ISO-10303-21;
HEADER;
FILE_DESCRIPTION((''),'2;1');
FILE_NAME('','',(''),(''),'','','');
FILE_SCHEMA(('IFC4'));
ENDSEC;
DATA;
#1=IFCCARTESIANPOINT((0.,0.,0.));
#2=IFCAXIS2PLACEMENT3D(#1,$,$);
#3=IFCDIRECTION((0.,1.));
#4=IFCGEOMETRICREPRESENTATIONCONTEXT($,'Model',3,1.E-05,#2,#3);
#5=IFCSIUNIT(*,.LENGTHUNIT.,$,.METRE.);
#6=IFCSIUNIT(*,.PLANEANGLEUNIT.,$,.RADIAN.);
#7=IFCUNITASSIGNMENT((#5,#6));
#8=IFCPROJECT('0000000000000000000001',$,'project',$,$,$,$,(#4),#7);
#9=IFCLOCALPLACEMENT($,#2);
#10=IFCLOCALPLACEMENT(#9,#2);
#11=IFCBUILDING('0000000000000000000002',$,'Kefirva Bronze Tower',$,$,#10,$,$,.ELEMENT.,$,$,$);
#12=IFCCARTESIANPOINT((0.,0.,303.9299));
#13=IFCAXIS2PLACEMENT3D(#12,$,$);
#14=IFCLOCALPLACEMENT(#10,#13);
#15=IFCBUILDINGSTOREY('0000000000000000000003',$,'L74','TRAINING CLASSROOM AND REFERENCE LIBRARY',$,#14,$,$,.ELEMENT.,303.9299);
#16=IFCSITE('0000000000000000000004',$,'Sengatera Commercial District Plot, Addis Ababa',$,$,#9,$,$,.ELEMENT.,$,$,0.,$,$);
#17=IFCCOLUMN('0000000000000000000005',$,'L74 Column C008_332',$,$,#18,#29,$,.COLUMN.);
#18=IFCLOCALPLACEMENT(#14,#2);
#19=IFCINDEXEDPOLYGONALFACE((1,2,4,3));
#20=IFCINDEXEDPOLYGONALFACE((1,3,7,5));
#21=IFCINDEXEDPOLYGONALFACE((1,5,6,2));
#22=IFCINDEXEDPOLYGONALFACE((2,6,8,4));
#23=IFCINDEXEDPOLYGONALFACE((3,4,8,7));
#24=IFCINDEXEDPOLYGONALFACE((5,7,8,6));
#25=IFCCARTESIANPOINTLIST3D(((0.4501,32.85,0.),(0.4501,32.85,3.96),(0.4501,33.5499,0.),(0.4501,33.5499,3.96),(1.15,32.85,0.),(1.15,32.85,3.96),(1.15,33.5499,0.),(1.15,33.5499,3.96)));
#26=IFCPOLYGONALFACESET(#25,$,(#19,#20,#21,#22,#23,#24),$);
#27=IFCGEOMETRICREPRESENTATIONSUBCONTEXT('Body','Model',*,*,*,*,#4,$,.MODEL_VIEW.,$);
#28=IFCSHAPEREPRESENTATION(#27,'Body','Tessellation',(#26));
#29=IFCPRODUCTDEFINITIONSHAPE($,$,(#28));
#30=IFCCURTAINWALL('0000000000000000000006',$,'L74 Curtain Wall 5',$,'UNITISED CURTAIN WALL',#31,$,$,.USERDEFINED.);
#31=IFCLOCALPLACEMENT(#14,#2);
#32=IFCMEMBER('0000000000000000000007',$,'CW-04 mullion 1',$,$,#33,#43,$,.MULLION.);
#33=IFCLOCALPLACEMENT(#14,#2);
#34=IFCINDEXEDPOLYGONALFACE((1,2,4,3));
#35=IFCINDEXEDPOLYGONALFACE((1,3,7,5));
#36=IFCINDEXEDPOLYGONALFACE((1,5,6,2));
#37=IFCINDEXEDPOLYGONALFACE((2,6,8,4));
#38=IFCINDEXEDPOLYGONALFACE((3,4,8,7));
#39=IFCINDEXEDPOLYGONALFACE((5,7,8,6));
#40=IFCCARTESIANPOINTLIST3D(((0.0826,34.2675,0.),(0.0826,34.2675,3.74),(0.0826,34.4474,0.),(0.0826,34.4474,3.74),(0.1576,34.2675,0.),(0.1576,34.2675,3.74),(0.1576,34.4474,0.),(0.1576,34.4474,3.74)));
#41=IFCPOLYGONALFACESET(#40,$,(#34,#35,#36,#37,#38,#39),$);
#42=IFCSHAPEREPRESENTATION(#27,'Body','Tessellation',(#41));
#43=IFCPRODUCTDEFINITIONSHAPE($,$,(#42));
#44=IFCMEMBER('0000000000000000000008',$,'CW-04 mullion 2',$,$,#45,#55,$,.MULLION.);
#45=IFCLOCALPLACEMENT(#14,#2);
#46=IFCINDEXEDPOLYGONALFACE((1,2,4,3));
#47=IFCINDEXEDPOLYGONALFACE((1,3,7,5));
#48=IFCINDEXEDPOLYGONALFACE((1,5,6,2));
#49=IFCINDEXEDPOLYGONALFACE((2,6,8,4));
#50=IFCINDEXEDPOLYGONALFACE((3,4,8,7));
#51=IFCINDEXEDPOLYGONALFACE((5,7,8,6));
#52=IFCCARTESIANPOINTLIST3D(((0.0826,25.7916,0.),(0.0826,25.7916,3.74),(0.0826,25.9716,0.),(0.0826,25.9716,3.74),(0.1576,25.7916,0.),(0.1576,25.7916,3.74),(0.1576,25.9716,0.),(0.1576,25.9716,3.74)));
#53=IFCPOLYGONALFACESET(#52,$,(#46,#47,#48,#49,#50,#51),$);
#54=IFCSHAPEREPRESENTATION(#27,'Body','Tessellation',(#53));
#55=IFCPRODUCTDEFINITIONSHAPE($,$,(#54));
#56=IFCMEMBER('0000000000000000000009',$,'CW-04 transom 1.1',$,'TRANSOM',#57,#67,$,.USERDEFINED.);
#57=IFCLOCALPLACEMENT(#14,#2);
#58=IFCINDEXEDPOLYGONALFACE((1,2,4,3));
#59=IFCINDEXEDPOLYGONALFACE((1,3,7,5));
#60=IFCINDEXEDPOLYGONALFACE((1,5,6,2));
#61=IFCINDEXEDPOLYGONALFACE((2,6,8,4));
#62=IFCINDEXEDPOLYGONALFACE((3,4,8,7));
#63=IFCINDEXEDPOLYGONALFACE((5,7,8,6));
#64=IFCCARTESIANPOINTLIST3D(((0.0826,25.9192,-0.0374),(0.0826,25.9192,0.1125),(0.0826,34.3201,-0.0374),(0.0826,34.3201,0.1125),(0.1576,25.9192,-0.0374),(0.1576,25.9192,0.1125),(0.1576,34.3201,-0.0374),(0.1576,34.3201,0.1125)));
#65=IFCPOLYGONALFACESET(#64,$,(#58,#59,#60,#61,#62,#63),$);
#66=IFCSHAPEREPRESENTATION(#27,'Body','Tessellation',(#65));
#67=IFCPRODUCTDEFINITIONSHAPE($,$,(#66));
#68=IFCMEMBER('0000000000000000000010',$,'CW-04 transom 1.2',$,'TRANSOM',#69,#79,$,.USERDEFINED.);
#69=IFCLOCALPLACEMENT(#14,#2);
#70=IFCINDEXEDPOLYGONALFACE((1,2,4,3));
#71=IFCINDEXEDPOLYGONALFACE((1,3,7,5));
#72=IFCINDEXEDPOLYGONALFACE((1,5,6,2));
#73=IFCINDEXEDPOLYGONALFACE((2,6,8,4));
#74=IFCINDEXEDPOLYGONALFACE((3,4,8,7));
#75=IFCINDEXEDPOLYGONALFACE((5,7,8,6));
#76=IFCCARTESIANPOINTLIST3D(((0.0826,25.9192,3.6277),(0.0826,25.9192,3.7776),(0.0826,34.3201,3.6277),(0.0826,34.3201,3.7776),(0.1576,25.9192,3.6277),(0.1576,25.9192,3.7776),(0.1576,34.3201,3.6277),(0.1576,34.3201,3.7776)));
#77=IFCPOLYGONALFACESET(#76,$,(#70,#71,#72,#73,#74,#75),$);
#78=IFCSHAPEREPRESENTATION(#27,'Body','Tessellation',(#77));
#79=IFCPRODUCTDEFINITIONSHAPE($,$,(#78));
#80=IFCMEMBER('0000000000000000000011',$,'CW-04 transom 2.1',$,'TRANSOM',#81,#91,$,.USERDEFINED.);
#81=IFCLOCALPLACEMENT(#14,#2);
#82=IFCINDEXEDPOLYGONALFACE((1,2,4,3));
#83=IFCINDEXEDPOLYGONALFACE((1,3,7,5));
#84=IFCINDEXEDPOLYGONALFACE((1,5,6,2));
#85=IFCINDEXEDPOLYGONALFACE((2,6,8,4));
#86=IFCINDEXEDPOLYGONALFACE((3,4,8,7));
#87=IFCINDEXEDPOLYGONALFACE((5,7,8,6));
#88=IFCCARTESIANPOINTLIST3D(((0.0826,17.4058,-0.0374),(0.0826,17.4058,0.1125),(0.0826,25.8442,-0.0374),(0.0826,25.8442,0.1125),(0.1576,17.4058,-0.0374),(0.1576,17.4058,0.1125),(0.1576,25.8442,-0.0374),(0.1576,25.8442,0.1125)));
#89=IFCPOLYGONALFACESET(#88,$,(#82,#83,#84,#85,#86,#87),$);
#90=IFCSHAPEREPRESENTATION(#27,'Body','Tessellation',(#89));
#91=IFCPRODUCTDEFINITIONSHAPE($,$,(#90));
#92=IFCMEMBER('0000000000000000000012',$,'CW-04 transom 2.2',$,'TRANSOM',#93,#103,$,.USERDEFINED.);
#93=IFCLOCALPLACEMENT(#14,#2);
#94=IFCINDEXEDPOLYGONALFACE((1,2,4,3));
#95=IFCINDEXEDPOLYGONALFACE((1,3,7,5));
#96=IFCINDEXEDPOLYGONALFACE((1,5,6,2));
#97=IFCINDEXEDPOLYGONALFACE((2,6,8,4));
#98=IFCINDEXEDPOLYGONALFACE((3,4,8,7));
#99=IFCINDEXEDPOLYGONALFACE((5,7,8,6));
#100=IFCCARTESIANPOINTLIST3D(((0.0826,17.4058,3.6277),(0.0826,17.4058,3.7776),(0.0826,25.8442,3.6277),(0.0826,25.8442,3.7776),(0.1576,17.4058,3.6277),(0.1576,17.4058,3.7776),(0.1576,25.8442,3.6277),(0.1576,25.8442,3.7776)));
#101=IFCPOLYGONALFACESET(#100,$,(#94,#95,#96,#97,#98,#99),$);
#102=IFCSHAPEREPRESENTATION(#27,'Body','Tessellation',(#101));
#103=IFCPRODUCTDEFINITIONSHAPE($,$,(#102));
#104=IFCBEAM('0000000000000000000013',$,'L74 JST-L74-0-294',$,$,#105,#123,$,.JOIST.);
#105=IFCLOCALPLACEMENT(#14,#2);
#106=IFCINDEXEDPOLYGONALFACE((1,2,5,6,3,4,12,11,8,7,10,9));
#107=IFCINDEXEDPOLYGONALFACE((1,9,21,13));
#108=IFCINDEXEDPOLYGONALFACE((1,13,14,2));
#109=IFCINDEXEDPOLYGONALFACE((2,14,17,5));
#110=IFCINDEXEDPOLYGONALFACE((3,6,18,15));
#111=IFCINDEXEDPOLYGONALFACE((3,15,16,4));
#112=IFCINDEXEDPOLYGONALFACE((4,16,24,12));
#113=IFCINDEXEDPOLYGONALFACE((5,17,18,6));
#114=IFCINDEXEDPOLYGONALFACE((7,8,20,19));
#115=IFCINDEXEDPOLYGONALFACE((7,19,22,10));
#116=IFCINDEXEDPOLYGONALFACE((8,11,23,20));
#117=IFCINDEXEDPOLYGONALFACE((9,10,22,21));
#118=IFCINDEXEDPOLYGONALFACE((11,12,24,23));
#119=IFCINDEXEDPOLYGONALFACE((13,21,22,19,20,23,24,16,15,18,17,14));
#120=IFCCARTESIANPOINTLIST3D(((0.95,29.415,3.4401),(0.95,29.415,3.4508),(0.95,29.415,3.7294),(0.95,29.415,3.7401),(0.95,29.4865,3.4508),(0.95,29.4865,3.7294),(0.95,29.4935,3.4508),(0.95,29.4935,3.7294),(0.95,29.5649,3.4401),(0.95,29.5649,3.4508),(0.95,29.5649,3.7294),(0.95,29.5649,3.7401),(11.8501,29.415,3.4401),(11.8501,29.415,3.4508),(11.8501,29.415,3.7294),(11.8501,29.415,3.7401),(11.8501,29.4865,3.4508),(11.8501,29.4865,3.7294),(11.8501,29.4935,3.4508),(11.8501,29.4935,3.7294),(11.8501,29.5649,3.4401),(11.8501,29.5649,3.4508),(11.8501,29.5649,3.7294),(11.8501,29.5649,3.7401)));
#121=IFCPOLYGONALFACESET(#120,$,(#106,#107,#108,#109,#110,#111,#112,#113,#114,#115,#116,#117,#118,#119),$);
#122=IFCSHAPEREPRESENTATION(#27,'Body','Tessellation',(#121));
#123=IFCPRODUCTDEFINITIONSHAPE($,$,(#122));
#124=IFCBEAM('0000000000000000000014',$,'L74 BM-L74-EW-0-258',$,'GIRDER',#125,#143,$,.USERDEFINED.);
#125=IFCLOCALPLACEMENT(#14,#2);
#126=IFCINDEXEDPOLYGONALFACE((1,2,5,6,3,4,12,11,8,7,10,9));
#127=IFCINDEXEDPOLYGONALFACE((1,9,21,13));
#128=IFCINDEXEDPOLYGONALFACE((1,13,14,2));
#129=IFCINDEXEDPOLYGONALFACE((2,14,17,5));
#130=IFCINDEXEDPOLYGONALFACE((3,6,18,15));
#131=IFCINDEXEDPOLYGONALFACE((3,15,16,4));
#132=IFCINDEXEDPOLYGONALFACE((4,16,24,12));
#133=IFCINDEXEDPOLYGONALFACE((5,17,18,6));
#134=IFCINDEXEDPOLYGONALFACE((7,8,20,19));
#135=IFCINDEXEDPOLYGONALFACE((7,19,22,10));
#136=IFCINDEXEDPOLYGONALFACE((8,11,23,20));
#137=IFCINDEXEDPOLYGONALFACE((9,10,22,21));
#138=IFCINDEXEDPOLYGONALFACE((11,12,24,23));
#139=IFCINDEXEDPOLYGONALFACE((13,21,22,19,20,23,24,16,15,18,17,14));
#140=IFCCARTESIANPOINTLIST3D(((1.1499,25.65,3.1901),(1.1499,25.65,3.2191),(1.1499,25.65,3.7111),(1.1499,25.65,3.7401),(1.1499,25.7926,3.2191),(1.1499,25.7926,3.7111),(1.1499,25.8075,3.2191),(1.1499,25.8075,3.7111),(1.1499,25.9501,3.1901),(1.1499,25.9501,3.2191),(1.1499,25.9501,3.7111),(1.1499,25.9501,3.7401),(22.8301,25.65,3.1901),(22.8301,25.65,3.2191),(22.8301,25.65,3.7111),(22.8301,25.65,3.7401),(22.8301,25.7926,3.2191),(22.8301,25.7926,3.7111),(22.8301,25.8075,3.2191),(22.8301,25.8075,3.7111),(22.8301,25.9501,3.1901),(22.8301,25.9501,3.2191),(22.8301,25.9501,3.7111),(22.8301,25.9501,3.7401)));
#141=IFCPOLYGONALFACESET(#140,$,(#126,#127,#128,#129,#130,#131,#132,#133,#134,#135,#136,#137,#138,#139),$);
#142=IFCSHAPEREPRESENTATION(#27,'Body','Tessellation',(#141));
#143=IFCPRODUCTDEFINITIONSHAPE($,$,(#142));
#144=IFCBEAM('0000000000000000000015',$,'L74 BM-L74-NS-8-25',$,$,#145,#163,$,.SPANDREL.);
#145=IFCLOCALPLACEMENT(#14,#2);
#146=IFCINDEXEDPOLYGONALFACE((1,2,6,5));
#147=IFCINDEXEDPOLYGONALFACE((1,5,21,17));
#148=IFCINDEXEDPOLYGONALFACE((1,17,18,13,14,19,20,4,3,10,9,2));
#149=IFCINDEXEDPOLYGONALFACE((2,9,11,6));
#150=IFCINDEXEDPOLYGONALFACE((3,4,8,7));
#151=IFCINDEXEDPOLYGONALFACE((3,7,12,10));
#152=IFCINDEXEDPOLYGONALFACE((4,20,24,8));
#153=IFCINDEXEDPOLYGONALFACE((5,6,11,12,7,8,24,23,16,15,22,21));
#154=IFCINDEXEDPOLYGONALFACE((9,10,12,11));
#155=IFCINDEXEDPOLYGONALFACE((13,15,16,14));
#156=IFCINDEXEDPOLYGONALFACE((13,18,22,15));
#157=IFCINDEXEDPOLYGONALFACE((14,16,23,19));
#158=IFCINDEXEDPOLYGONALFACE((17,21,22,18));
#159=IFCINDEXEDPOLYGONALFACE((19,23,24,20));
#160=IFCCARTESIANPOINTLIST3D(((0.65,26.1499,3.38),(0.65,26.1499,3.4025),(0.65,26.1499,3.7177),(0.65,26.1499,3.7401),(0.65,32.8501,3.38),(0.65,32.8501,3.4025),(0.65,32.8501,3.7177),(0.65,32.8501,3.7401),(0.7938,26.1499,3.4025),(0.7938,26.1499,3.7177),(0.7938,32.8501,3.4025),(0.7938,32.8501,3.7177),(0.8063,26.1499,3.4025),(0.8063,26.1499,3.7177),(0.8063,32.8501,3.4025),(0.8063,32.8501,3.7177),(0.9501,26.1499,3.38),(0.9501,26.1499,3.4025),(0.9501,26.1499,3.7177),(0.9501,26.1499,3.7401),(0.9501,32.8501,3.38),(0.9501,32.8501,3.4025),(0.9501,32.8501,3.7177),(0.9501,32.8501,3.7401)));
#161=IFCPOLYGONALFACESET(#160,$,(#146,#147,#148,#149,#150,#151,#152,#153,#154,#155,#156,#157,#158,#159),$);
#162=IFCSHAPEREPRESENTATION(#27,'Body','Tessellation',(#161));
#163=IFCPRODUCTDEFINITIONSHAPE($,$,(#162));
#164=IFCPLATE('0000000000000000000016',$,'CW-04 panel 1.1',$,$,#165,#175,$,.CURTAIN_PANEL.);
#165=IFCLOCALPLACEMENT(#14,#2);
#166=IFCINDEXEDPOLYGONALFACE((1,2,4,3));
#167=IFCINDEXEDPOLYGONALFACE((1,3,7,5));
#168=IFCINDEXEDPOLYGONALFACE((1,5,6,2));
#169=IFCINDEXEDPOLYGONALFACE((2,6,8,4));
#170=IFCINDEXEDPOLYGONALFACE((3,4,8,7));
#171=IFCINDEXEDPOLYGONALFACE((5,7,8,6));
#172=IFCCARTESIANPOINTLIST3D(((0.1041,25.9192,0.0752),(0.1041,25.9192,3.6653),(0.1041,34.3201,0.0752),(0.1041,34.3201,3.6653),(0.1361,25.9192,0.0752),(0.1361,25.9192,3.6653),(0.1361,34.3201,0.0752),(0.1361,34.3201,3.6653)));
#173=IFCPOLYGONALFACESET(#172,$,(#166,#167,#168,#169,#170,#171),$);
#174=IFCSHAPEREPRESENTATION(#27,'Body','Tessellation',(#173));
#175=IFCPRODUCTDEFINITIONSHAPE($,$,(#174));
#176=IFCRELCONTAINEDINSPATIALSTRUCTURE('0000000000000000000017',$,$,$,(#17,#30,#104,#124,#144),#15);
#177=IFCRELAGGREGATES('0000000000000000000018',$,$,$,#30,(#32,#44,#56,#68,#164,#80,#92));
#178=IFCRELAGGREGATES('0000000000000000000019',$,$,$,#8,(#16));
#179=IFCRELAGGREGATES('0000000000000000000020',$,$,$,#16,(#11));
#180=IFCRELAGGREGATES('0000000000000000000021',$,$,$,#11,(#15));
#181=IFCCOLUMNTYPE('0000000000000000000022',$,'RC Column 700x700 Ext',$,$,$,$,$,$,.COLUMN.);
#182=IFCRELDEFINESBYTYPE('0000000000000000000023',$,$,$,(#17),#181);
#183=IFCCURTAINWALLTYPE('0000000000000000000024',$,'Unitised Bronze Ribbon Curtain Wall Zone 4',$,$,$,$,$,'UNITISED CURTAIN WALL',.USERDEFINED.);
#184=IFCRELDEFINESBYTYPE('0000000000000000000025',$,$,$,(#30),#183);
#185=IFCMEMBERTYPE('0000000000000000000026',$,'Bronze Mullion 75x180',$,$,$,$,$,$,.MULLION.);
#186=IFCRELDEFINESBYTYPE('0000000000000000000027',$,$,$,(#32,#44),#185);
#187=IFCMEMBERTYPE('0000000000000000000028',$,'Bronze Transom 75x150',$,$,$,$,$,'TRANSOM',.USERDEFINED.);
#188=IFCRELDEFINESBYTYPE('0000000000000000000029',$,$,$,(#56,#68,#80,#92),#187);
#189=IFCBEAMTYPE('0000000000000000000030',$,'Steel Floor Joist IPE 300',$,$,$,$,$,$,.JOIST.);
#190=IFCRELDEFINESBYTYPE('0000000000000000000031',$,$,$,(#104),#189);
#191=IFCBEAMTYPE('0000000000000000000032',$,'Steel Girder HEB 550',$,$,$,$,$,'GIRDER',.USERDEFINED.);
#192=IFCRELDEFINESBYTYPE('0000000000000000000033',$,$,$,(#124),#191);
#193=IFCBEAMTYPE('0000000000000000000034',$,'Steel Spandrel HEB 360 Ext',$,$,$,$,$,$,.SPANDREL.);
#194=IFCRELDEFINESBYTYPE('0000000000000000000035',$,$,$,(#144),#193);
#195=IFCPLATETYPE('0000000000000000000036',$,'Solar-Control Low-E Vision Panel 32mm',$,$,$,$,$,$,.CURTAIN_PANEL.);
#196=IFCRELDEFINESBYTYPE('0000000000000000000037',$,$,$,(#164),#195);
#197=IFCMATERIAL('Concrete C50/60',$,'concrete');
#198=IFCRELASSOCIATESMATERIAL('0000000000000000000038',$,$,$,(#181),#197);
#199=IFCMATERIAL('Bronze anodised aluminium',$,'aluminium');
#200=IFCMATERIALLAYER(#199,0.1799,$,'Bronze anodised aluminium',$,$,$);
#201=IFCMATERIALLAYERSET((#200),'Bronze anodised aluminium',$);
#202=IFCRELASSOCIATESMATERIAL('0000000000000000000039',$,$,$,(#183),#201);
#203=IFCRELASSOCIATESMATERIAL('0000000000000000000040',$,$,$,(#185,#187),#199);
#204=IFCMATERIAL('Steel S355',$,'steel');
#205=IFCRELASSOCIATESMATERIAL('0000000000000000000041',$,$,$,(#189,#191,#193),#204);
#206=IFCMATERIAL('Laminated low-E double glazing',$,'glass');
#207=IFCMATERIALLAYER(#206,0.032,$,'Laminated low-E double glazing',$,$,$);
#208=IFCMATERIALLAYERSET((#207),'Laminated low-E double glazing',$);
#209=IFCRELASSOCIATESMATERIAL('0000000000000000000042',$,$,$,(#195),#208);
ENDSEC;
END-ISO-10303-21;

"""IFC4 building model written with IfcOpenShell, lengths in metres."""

from ifc_helpers import new_model, si_unit, direction, frame, origin, origin_2d, place, context, subcontext, project, spatial, rectangle, i_section, extrude, material, layer, layer_set, material_profile, profile_set, type_object, element, aggregate, save


model = new_model("IFC4")

# Units and contexts
model_context = context("Model", 3, precision=1e-05, world=origin(), true_north=direction((0.0, 1.0)))
body_context = subcontext(model_context, "Body", "Model", "MODEL_VIEW")
ifc_project = project(units=[si_unit("LENGTHUNIT", "METRE"), si_unit("PLANEANGLEUNIT", "RADIAN")], contexts=[model_context])

# Site, building, storey
site_placement = place(None, origin())
site = spatial("IfcSite", under=ifc_project, at=site_placement, Name="Sengatera Commercial District Plot, Addis Ababa", CompositionType="ELEMENT", RefElevation=0.0)
building_placement = place(site_placement, origin())
building = spatial("IfcBuilding", under=site, at=building_placement, Name="Kefirva Bronze Tower", CompositionType="ELEMENT")
storey_placement = place(building_placement, frame((0.0, 0.0, 303.9299)))
storey = spatial("IfcBuildingStorey", under=building, at=storey_placement, Name="L74", Description="TRAINING CLASSROOM AND REFERENCE LIBRARY", CompositionType="ELEMENT", Elevation=303.9299)

# Column
ifc_material_1 = material(Name="Concrete C50/60", Category="concrete")
ifc_material_profile_1 = material_profile(ifc_material_1, rectangle(XDim=0.7, YDim=0.7, at=origin_2d()), Name="RC 700x700")
ifc_profile_set_1 = profile_set([ifc_material_profile_1], Name="Concrete C50/60")
column_type = type_object("IfcColumnType", Name="RC Column 700x700 Ext", PredefinedType="COLUMN", material=ifc_profile_set_1)
column_placement = place(storey_placement, frame((0.8, 33.2, 0.0), z_axis=(0.0, 0.0, 1.0), x_axis=(1.0, 0.0, 0.0)))
element("IfcColumn", 1, at=column_placement, inside=storey, type_object=column_type, Name="L74 Column C008_332", PredefinedType="COLUMN", context=body_context, shape_type="SweptSolid", body=[
    extrude(rectangle(XDim=0.7, YDim=0.7, at=origin_2d()), origin(), (0.0, 0.0, 1.0), 3.96),
])

# Curtain wall, members
ifc_material_2 = material(Name="Bronze anodised aluminium", Category="aluminium")
ifc_layer_1 = layer(ifc_material_2, 0.1799, Name="Bronze anodised aluminium")
ifc_layer_set_1 = layer_set([ifc_layer_1], Name="Bronze anodised aluminium")
curtain_wall_type = type_object("IfcCurtainWallType", Name="Unitised Bronze Ribbon Curtain Wall Zone 4", ElementType="UNITISED CURTAIN WALL", PredefinedType="USERDEFINED", material=ifc_layer_set_1)
curtain_wall_placement = place(storey_placement, origin())
curtain_wall = element("IfcCurtainWall", 2, at=curtain_wall_placement, inside=storey, type_object=curtain_wall_type, Name="L74 Curtain Wall 5", ObjectType="UNITISED CURTAIN WALL", PredefinedType="USERDEFINED")
ifc_material_profile_2 = material_profile(ifc_material_2, rectangle(XDim=0.075, YDim=0.1799, at=origin_2d()), Name="ALU 75x180")
ifc_profile_set_2 = profile_set([ifc_material_profile_2], Name="Bronze anodised aluminium")
member_type_1 = type_object("IfcMemberType", Name="Bronze Mullion 75x180", PredefinedType="MULLION", material=ifc_profile_set_2)
member_1_placement = place(storey_placement, frame((0.1201, 34.3574, 0.0), z_axis=(0.0, 0.0, 1.0), x_axis=(1.0, 0.0, 0.0)))
member_1 = element("IfcMember", 3, at=member_1_placement, type_object=member_type_1, Name="CW-04 mullion 1", PredefinedType="MULLION", context=body_context, shape_type="SweptSolid", body=[
    extrude(rectangle(XDim=0.075, YDim=0.1799, at=origin_2d()), origin(), (0.0, 0.0, 1.0), 3.74),
])
member_2_placement = place(storey_placement, frame((0.1201, 25.8816, 0.0), z_axis=(0.0, 0.0, 1.0), x_axis=(1.0, 0.0, 0.0)))
member_2 = element("IfcMember", 4, at=member_2_placement, type_object=member_type_1, Name="CW-04 mullion 2", PredefinedType="MULLION", context=body_context, shape_type="SweptSolid", body=[
    extrude(rectangle(XDim=0.075, YDim=0.1799, at=origin_2d()), origin(), (0.0, 0.0, 1.0), 3.74),
])
ifc_material_profile_3 = material_profile(ifc_material_2, rectangle(XDim=0.075, YDim=0.1499, at=origin_2d()), Name="ALU 75x150")
ifc_profile_set_3 = profile_set([ifc_material_profile_3], Name="Bronze anodised aluminium")
member_type_2 = type_object("IfcMemberType", Name="Bronze Transom 75x150", ElementType="TRANSOM", PredefinedType="USERDEFINED", material=ifc_profile_set_3)
member_3_placement = place(storey_placement, frame((0.1201, 34.3201, 0.0376), z_axis=(0.0, -1.0, 0.0), x_axis=(1.0, 0.0, 0.0)))
member_3 = element("IfcMember", 5, at=member_3_placement, type_object=member_type_2, Name="CW-04 transom 1.1", ObjectType="TRANSOM", PredefinedType="USERDEFINED", context=body_context, shape_type="SweptSolid", body=[
    extrude(rectangle(XDim=0.075, YDim=0.1499, at=origin_2d()), origin(), (0.0, 0.0, 1.0), 8.4009),
])
member_4_placement = place(storey_placement, frame((0.1201, 34.3201, 3.7026), z_axis=(0.0, -1.0, 0.0), x_axis=(1.0, 0.0, 0.0)))
member_4 = element("IfcMember", 6, at=member_4_placement, type_object=member_type_2, Name="CW-04 transom 1.2", ObjectType="TRANSOM", PredefinedType="USERDEFINED", context=body_context, shape_type="SweptSolid", body=[
    extrude(rectangle(XDim=0.075, YDim=0.1499, at=origin_2d()), origin(), (0.0, 0.0, 1.0), 8.4009),
])
member_5_placement = place(storey_placement, frame((0.1201, 25.8442, 0.0376), z_axis=(0.0, -1.0, 0.0), x_axis=(1.0, 0.0, 0.0)))
member_5 = element("IfcMember", 7, at=member_5_placement, type_object=member_type_2, Name="CW-04 transom 2.1", ObjectType="TRANSOM", PredefinedType="USERDEFINED", context=body_context, shape_type="SweptSolid", body=[
    extrude(rectangle(XDim=0.075, YDim=0.1499, at=origin_2d()), origin(), (0.0, 0.0, 1.0), 8.4385),
])
member_6_placement = place(storey_placement, frame((0.1201, 25.8442, 3.7026), z_axis=(0.0, -1.0, 0.0), x_axis=(1.0, 0.0, 0.0)))
member_6 = element("IfcMember", 8, at=member_6_placement, type_object=member_type_2, Name="CW-04 transom 2.2", ObjectType="TRANSOM", PredefinedType="USERDEFINED", context=body_context, shape_type="SweptSolid", body=[
    extrude(rectangle(XDim=0.075, YDim=0.1499, at=origin_2d()), origin(), (0.0, 0.0, 1.0), 8.4385),
])

# Beams
ifc_material_3 = material(Name="Steel S355", Category="steel")
ifc_material_profile_4 = material_profile(ifc_material_3, i_section(OverallWidth=0.1499, OverallDepth=0.3, WebThickness=0.0071, FlangeThickness=0.0107, at=origin_2d()), Name="IPE 300")
ifc_profile_set_4 = profile_set([ifc_material_profile_4], Name="Steel S355")
beam_type_1 = type_object("IfcBeamType", Name="Steel Floor Joist IPE 300", PredefinedType="JOIST", material=ifc_profile_set_4)
beam_1_placement = place(storey_placement, frame((0.95, 29.49, 3.5901), z_axis=(1.0, 0.0, 0.0), x_axis=(0.0, 1.0, 0.0)))
element("IfcBeam", 9, at=beam_1_placement, inside=storey, type_object=beam_type_1, Name="L74 JST-L74-0-294", PredefinedType="JOIST", context=body_context, shape_type="SweptSolid", body=[
    extrude(i_section(OverallWidth=0.1499, OverallDepth=0.3, WebThickness=0.0071, FlangeThickness=0.0107, at=origin_2d()), origin(), (0.0, 0.0, 1.0), 10.9001),
])
ifc_material_profile_5 = material_profile(ifc_material_3, i_section(OverallWidth=0.3, OverallDepth=0.55, WebThickness=0.0149, FlangeThickness=0.0291, at=origin_2d()), Name="HEB 550")
ifc_profile_set_5 = profile_set([ifc_material_profile_5], Name="Steel S355")
beam_type_2 = type_object("IfcBeamType", Name="Steel Girder HEB 550", ElementType="GIRDER", PredefinedType="USERDEFINED", material=ifc_profile_set_5)
beam_2_placement = place(storey_placement, frame((1.1499, 25.8, 3.4651), z_axis=(1.0, 0.0, 0.0), x_axis=(0.0, 1.0, 0.0)))
element("IfcBeam", 10, at=beam_2_placement, inside=storey, type_object=beam_type_2, Name="L74 BM-L74-EW-0-258", ObjectType="GIRDER", PredefinedType="USERDEFINED", context=body_context, shape_type="SweptSolid", body=[
    extrude(i_section(OverallWidth=0.3, OverallDepth=0.55, WebThickness=0.0149, FlangeThickness=0.0291, at=origin_2d()), origin(), (0.0, 0.0, 1.0), 21.6802),
])
ifc_material_profile_6 = material_profile(ifc_material_3, i_section(OverallWidth=0.3, OverallDepth=0.3601, WebThickness=0.0125, FlangeThickness=0.0225, at=origin_2d()), Name="HEB 360")
ifc_profile_set_6 = profile_set([ifc_material_profile_6], Name="Steel S355")
beam_type_3 = type_object("IfcBeamType", Name="Steel Spandrel HEB 360 Ext", PredefinedType="SPANDREL", material=ifc_profile_set_6)
beam_3_placement = place(storey_placement, frame((0.8, 26.1499, 3.5601), z_axis=(0.0, 1.0, 0.0), x_axis=(-1.0, 0.0, 0.0)))
element("IfcBeam", 11, at=beam_3_placement, inside=storey, type_object=beam_type_3, Name="L74 BM-L74-NS-8-25", PredefinedType="SPANDREL", context=body_context, shape_type="SweptSolid", body=[
    extrude(i_section(OverallWidth=0.3, OverallDepth=0.3601, WebThickness=0.0125, FlangeThickness=0.0225, at=origin_2d()), origin(), (0.0, 0.0, 1.0), 6.7002),
])

# Plate
ifc_material_4 = material(Name="Laminated low-E double glazing", Category="glass")
ifc_layer_2 = layer(ifc_material_4, 0.032, Name="Laminated low-E double glazing")
ifc_layer_set_2 = layer_set([ifc_layer_2], Name="Laminated low-E double glazing")
plate_type = type_object("IfcPlateType", Name="Solar-Control Low-E Vision Panel 32mm", PredefinedType="CURTAIN_PANEL", material=ifc_layer_set_2)
plate_placement = place(storey_placement, frame((0.1201, 30.1196, 0.0752), z_axis=(0.0, 0.0, 1.0), x_axis=(0.0, -1.0, 0.0)))
plate = element("IfcPlate", 12, at=plate_placement, type_object=plate_type, Name="CW-04 panel 1.1", PredefinedType="CURTAIN_PANEL", context=body_context, shape_type="SweptSolid", body=[
    extrude(rectangle(XDim=8.4009, YDim=0.032, at=origin_2d()), origin(), (0.0, 0.0, 1.0), 3.5901),
])
aggregate(curtain_wall, [member_1, member_2, member_3, member_4, plate, member_5, member_6])

save(model, "model.ifc")
